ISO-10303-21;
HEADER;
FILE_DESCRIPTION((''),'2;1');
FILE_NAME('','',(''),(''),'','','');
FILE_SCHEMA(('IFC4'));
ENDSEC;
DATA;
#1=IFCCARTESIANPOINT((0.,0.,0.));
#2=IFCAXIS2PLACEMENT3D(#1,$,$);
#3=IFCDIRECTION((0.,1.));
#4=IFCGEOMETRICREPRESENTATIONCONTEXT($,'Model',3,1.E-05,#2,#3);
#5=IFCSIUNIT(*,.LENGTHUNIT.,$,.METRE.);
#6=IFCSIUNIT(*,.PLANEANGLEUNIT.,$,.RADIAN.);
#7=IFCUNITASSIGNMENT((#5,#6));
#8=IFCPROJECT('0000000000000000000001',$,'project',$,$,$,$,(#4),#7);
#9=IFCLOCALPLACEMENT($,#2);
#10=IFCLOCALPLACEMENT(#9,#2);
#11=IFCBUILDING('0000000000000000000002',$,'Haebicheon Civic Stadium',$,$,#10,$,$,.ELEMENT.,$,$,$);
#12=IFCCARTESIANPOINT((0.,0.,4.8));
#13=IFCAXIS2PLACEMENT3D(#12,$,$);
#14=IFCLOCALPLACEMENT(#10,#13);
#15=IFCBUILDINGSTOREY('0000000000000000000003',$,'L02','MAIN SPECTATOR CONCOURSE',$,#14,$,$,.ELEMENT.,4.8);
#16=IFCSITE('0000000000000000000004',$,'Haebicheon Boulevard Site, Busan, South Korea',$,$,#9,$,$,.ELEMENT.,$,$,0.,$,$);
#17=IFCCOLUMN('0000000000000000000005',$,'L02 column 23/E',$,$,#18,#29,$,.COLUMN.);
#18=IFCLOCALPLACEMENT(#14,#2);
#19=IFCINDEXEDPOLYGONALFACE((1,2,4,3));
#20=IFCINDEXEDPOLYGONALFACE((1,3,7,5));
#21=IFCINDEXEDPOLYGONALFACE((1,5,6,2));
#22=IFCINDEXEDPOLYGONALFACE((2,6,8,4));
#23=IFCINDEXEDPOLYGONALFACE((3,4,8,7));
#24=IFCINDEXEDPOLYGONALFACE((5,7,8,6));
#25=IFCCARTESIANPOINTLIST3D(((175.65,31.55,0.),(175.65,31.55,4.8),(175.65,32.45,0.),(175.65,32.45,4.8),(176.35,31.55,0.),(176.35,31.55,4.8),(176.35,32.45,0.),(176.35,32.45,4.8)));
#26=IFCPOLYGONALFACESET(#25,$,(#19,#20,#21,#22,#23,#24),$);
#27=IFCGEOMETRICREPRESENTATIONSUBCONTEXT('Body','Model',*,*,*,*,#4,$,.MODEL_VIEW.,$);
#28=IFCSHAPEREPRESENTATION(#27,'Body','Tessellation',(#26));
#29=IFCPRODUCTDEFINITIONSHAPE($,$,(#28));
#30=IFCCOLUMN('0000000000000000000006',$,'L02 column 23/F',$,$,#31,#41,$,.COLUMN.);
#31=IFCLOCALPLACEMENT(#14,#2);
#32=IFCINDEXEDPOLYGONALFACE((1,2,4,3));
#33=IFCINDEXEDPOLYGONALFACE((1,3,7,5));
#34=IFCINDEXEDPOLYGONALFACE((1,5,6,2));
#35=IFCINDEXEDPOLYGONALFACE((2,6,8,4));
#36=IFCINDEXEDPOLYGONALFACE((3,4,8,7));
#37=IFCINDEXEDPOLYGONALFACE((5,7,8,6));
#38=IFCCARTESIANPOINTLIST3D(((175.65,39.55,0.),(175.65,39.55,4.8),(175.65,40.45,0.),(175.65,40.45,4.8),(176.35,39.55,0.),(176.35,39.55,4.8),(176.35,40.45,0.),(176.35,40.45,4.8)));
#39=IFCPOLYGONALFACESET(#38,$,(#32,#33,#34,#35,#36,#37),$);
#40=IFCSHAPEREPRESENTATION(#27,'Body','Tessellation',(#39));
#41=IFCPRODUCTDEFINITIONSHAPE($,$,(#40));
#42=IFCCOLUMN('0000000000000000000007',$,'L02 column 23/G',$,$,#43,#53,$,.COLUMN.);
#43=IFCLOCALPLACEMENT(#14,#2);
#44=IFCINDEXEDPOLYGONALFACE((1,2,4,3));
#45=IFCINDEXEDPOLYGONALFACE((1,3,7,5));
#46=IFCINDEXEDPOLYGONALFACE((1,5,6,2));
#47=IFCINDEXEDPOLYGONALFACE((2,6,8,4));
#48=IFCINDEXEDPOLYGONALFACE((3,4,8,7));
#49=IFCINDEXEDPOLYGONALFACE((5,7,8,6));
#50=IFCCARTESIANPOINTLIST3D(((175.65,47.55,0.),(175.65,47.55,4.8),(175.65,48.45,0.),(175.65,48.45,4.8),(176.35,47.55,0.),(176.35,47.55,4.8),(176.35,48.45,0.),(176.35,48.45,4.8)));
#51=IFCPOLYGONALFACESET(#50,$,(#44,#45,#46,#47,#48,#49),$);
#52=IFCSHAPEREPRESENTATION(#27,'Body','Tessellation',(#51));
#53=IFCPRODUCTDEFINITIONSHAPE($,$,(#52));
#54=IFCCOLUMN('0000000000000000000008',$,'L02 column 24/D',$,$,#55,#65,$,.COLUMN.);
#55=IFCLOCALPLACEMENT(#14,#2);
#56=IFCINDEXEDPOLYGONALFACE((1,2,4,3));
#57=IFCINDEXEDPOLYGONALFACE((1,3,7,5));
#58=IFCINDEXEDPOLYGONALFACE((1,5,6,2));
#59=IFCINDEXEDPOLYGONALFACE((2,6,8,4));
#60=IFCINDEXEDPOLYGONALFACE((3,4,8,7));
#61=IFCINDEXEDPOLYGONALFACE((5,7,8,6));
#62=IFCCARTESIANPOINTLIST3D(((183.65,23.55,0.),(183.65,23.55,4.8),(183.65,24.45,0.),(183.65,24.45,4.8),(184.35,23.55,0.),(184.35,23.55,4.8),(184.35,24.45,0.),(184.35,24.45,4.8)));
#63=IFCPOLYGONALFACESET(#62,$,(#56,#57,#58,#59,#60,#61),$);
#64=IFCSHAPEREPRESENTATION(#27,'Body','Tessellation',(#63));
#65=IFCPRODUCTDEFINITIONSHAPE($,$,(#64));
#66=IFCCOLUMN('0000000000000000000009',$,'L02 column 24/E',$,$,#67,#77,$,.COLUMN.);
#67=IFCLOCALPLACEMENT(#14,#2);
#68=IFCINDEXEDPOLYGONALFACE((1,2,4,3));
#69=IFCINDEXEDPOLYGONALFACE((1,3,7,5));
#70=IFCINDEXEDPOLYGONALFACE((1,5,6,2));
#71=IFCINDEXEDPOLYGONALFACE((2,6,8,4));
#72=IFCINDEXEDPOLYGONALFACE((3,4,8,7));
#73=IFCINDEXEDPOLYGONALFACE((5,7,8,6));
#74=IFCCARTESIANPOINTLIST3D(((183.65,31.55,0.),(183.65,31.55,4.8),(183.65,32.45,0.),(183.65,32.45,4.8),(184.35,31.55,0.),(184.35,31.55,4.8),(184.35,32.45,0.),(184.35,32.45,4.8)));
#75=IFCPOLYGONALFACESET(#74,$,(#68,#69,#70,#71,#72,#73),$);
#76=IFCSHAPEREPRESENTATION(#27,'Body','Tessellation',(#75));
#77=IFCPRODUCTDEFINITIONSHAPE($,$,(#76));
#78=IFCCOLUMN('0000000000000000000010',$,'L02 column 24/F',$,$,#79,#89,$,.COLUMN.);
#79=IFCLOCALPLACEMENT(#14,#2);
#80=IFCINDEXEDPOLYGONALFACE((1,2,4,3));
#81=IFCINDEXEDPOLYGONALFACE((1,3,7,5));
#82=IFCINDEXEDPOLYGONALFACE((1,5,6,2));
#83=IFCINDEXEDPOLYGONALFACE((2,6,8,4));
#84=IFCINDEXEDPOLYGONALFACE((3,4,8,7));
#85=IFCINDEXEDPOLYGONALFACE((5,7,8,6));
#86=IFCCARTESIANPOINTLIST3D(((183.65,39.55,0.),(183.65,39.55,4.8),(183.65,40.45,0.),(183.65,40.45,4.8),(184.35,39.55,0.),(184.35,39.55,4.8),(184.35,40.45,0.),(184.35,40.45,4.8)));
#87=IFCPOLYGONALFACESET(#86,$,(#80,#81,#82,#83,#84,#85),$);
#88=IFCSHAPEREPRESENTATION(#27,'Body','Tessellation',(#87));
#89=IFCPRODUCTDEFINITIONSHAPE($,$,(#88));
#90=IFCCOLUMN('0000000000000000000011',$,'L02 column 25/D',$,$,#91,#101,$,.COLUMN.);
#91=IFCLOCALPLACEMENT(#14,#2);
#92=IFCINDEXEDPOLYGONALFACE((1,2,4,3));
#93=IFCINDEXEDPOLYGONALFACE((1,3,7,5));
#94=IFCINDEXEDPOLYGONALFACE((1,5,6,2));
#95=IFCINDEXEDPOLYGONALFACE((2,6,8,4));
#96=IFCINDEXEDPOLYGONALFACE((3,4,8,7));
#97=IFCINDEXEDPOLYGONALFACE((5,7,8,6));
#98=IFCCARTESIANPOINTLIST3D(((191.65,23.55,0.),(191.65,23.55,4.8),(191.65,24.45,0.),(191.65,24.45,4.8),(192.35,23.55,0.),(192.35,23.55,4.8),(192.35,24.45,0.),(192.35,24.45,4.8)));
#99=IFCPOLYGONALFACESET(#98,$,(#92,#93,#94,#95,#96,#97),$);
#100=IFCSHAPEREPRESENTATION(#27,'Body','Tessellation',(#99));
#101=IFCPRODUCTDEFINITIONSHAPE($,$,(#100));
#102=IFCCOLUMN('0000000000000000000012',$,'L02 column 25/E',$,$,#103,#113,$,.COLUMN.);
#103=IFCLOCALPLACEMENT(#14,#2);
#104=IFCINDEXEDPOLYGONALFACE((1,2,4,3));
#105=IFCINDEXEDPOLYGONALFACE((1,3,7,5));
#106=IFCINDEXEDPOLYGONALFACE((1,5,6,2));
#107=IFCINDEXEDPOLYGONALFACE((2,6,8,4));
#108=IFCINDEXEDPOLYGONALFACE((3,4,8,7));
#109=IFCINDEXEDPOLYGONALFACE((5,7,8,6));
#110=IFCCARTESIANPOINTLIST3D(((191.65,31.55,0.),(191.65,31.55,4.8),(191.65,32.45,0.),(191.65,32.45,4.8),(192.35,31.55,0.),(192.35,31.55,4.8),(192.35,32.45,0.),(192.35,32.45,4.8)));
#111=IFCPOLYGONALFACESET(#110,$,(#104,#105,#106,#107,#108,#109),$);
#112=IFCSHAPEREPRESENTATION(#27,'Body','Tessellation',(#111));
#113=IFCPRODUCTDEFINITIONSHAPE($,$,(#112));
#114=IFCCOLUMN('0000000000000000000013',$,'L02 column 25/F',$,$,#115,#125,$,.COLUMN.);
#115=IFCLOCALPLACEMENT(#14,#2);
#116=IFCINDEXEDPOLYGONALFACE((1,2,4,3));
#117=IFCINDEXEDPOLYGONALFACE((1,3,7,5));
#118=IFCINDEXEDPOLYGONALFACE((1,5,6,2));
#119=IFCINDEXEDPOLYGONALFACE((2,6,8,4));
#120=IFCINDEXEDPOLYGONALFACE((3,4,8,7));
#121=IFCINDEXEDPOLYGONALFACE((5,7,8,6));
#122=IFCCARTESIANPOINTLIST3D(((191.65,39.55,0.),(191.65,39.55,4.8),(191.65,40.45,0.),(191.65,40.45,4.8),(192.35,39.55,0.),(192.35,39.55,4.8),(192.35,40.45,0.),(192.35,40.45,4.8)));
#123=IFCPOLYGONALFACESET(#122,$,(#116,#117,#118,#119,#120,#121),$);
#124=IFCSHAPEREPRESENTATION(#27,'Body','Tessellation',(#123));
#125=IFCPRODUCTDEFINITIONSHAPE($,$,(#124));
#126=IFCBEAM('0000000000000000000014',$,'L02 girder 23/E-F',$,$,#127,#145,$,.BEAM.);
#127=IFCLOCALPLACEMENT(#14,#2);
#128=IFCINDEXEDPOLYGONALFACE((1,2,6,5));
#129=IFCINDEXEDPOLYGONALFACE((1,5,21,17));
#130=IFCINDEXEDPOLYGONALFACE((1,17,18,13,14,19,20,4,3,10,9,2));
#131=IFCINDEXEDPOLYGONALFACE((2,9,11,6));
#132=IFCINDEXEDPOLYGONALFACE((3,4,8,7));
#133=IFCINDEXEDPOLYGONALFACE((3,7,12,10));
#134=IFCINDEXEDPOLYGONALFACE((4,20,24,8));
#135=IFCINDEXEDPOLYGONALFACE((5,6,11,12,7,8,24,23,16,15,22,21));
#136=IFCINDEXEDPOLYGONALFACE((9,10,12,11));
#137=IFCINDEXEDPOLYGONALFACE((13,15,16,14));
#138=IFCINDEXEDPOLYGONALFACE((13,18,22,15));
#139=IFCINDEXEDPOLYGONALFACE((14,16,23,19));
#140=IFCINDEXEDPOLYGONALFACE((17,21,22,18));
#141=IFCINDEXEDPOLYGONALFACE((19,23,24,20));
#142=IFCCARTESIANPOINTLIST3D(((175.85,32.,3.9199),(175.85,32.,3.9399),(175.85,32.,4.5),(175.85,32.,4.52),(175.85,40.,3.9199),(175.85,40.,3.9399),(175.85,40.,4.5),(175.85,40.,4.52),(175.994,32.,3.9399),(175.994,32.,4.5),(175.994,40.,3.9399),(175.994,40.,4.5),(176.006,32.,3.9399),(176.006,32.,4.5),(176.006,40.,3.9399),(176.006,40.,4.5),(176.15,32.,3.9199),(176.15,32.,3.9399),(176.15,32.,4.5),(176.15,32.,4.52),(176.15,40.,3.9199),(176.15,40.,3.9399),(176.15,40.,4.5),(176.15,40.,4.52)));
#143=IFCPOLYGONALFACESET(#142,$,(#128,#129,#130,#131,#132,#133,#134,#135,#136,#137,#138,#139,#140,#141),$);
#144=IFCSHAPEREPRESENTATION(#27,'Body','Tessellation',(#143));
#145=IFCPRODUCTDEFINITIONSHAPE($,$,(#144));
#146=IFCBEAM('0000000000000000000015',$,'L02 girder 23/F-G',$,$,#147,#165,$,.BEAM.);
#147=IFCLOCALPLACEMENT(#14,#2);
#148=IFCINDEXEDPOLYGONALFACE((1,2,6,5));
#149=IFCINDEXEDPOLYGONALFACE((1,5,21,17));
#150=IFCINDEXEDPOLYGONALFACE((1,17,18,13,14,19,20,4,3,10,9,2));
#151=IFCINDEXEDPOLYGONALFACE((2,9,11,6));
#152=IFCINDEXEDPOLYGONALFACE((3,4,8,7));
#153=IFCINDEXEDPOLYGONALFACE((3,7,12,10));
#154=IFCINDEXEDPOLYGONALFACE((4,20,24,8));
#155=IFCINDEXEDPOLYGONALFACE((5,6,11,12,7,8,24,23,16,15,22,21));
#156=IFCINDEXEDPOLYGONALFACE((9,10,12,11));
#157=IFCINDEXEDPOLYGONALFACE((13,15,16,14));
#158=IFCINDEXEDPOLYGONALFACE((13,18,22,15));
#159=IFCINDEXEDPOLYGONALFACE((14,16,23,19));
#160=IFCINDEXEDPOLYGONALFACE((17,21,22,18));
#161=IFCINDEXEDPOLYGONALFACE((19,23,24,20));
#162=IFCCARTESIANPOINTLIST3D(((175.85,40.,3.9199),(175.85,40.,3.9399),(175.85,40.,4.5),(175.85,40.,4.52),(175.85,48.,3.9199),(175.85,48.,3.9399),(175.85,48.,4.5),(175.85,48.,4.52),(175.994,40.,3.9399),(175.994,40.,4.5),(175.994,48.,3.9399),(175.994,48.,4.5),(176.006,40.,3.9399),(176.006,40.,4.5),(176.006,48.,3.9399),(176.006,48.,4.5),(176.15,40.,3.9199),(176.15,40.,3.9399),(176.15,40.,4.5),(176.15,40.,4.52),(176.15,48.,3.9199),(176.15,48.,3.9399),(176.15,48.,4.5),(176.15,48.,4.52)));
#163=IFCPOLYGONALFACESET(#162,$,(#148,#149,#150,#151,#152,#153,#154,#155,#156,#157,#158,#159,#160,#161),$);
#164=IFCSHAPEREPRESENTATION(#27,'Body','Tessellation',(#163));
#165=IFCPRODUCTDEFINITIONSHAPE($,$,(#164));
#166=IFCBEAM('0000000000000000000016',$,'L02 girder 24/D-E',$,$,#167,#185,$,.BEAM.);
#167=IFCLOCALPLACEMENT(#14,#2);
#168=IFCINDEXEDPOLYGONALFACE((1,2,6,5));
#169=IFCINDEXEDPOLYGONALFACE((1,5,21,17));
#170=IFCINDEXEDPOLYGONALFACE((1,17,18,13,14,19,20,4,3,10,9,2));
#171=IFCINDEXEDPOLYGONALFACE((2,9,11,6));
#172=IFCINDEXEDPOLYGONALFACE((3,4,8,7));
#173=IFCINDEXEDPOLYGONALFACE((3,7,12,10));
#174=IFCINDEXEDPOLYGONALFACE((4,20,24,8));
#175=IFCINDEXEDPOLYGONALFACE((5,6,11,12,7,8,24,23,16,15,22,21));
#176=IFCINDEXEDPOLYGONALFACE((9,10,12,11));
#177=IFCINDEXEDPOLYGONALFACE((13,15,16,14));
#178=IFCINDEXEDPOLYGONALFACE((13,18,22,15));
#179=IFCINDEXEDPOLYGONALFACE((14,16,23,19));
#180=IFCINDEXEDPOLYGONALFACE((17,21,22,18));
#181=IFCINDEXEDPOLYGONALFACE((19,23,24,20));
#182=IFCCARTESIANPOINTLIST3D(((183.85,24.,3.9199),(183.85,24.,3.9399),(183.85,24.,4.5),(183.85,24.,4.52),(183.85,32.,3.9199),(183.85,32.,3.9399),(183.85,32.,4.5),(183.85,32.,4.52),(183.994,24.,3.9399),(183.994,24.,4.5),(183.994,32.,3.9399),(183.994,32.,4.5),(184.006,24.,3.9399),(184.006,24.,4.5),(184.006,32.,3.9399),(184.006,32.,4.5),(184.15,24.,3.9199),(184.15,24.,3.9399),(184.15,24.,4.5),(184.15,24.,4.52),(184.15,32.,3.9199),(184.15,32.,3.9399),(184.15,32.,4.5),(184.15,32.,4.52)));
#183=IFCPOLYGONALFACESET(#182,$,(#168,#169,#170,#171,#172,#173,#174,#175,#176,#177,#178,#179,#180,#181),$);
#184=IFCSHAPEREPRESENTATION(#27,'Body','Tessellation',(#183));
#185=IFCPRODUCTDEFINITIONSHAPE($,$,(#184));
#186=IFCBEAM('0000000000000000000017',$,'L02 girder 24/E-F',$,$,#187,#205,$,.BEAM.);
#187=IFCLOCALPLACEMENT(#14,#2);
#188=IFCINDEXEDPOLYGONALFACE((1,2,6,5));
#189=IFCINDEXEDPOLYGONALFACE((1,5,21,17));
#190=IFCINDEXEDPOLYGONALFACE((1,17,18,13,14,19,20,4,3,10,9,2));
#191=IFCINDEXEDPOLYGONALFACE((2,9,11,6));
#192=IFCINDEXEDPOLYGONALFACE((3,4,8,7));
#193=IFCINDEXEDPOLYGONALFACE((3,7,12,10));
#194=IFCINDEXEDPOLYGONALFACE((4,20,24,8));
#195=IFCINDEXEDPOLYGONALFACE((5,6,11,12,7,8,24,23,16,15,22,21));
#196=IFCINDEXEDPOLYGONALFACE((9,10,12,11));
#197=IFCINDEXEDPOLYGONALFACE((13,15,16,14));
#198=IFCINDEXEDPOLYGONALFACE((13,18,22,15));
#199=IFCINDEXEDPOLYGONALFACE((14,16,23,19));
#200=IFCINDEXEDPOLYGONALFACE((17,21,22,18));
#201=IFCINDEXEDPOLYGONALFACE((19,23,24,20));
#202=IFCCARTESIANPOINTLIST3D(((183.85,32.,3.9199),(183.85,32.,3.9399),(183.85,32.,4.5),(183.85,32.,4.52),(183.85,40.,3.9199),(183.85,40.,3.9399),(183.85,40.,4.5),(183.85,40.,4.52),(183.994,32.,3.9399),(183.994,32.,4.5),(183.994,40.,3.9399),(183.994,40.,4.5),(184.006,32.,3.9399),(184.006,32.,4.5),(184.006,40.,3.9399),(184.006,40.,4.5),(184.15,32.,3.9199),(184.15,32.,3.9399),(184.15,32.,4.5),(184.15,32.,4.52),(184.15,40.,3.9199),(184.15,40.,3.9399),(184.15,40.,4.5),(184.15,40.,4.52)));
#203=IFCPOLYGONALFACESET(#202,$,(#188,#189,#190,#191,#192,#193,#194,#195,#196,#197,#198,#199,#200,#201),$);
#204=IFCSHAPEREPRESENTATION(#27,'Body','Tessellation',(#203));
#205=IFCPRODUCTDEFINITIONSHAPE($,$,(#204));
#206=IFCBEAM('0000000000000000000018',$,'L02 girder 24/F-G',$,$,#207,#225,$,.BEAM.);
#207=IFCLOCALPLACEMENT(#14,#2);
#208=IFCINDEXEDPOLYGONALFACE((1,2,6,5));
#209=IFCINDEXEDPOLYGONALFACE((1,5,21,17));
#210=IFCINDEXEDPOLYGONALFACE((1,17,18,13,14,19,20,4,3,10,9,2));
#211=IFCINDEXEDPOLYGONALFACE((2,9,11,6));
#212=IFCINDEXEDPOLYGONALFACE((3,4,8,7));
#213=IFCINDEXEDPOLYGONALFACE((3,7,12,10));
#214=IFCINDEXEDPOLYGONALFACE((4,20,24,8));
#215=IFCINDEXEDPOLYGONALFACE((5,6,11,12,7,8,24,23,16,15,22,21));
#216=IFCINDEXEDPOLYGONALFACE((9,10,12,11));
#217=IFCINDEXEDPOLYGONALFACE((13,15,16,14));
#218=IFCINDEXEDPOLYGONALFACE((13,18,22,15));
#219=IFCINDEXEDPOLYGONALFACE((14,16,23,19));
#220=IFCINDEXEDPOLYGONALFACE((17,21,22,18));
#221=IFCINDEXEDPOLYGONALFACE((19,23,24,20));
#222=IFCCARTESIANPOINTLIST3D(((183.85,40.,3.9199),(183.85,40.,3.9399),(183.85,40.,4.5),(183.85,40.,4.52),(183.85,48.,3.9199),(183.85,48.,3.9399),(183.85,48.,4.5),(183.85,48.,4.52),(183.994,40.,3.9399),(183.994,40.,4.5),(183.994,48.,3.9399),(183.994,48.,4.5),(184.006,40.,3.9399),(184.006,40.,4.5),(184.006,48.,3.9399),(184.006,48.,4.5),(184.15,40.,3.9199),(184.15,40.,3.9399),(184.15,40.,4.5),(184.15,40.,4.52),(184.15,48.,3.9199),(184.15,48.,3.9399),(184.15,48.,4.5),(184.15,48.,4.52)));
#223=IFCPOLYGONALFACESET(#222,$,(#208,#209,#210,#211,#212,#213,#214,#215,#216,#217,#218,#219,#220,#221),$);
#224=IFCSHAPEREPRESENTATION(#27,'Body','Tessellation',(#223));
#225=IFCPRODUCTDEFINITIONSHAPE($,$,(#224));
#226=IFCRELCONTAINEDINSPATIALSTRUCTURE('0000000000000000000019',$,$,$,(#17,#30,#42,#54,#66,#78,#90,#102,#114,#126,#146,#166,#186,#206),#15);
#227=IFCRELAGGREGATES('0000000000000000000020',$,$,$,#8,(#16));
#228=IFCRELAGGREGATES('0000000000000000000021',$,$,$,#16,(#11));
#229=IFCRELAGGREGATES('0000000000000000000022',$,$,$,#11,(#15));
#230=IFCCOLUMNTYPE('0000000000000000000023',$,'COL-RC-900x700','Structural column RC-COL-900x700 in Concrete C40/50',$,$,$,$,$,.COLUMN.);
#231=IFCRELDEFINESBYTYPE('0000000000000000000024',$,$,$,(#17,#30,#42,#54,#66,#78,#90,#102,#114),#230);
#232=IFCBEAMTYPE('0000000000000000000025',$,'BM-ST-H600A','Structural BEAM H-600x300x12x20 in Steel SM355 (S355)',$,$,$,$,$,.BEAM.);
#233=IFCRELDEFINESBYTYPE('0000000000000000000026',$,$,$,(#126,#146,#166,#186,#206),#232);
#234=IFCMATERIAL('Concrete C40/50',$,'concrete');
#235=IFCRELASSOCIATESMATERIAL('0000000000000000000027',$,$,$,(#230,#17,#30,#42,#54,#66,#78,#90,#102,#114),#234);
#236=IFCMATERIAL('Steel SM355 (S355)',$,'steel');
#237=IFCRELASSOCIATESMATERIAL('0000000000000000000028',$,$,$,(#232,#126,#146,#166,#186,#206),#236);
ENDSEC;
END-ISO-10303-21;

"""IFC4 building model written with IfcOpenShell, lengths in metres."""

from ifc_helpers import new_model, si_unit, direction, frame, origin, origin_2d, place, context, subcontext, project, spatial, rectangle, i_section, extrude, material, material_profile, profile_set, type_object, element, save


model = new_model("IFC4")

# Units and contexts
model_context = context("Model", 3, precision=1e-05, world=origin(), true_north=direction((0.0, 1.0)))
body_context = subcontext(model_context, "Body", "Model", "MODEL_VIEW")
ifc_project = project(units=[si_unit("LENGTHUNIT", "METRE"), si_unit("PLANEANGLEUNIT", "RADIAN")], contexts=[model_context])

# Site, building, storey
site_placement = place(None, origin())
site = spatial("IfcSite", under=ifc_project, at=site_placement, Name="Haebicheon Boulevard Site, Busan, South Korea", CompositionType="ELEMENT", RefElevation=0.0)
building_placement = place(site_placement, origin())
building = spatial("IfcBuilding", under=site, at=building_placement, Name="Haebicheon Civic Stadium", CompositionType="ELEMENT")
storey_placement = place(building_placement, frame((0.0, 0.0, 4.8)))
storey = spatial("IfcBuildingStorey", under=building, at=storey_placement, Name="L02", Description="MAIN SPECTATOR CONCOURSE", CompositionType="ELEMENT", Elevation=4.8)

# Columns
ifc_material_1 = material(Name="Concrete C40/50", Category="concrete")
ifc_material_profile_1 = material_profile(ifc_material_1, rectangle(XDim=0.7, YDim=0.8999, at=origin_2d()), Name="RC-COL-900x700")
ifc_profile_set_1 = profile_set([ifc_material_profile_1], Name="Concrete C40/50")
column_type = type_object("IfcColumnType", Name="COL-RC-900x700", Description="Structural column RC-COL-900x700 in Concrete C40/50", PredefinedType="COLUMN", material=ifc_profile_set_1)
for number, where, z_axis, x_axis, name in (
    (1, (176.0, 32.0, 0.0), (0.0, 0.0, 1.0), (1.0, 0.0, 0.0), "L02 column 23/E"),
    (2, (176.0, 40.0, 0.0), (0.0, 0.0, 1.0), (1.0, 0.0, 0.0), "L02 column 23/F"),
    (3, (176.0, 48.0, 0.0), (0.0, 0.0, 1.0), (1.0, 0.0, 0.0), "L02 column 23/G"),
    (4, (184.0, 24.0, 0.0), (0.0, 0.0, 1.0), (1.0, 0.0, 0.0), "L02 column 24/D"),
    (5, (184.0, 32.0, 0.0), (0.0, 0.0, 1.0), (1.0, 0.0, 0.0), "L02 column 24/E"),
    (6, (184.0, 40.0, 0.0), (0.0, 0.0, 1.0), (1.0, 0.0, 0.0), "L02 column 24/F"),
    (7, (192.0, 24.0, 0.0), (0.0, 0.0, 1.0), (1.0, 0.0, 0.0), "L02 column 25/D"),
    (8, (192.0, 32.0, 0.0), (0.0, 0.0, 1.0), (1.0, 0.0, 0.0), "L02 column 25/E"),
    (9, (192.0, 40.0, 0.0), (0.0, 0.0, 1.0), (1.0, 0.0, 0.0), "L02 column 25/F"),
):
    element("IfcColumn", number, at=place(storey_placement, frame(where, z_axis=z_axis, x_axis=x_axis)), inside=storey, type_object=column_type, material=ifc_profile_set_1, Name=name, PredefinedType="COLUMN", context=body_context, shape_type="SweptSolid", body=[
        extrude(rectangle(XDim=0.7, YDim=0.8999, at=origin_2d()), origin(), (0.0, 0.0, 1.0), 4.8),
    ])

# Beams
ifc_material_2 = material(Name="Steel SM355 (S355)", Category="steel")
ifc_material_profile_2 = material_profile(ifc_material_2, i_section(OverallWidth=0.3, OverallDepth=0.6001, WebThickness=0.012, FlangeThickness=0.02, at=origin_2d()), Name="H-600x300x12x20")
ifc_profile_set_2 = profile_set([ifc_material_profile_2], Name="Steel SM355 (S355)")
beam_type_1 = type_object("IfcBeamType", Name="BM-ST-H600A", Description="Structural BEAM H-600x300x12x20 in Steel SM355 (S355)", PredefinedType="BEAM", material=ifc_profile_set_2)
for number, where, z_axis, x_axis, name in (
    (10, (176.0, 32.0, 4.22), (0.0, 1.0, 0.0), (-1.0, 0.0, 0.0), "L02 girder 23/E-F"),
    (11, (176.0, 40.0, 4.22), (0.0, 1.0, 0.0), (-1.0, 0.0, 0.0), "L02 girder 23/F-G"),
    (12, (184.0, 24.0, 4.22), (0.0, 1.0, 0.0), (-1.0, 0.0, 0.0), "L02 girder 24/D-E"),
    (13, (184.0, 32.0, 4.22), (0.0, 1.0, 0.0), (-1.0, 0.0, 0.0), "L02 girder 24/E-F"),
    (14, (184.0, 40.0, 4.22), (0.0, 1.0, 0.0), (-1.0, 0.0, 0.0), "L02 girder 24/F-G"),
):
    element("IfcBeam", number, at=place(storey_placement, frame(where, z_axis=z_axis, x_axis=x_axis)), inside=storey, type_object=beam_type_1, material=ifc_profile_set_2, Name=name, PredefinedType="BEAM", context=body_context, shape_type="SweptSolid", body=[
        extrude(i_section(OverallWidth=0.3, OverallDepth=0.6001, WebThickness=0.012, FlangeThickness=0.02, at=origin_2d()), origin(), (0.0, 0.0, 1.0), 8.0),
    ])

save(model, "model.ifc")
